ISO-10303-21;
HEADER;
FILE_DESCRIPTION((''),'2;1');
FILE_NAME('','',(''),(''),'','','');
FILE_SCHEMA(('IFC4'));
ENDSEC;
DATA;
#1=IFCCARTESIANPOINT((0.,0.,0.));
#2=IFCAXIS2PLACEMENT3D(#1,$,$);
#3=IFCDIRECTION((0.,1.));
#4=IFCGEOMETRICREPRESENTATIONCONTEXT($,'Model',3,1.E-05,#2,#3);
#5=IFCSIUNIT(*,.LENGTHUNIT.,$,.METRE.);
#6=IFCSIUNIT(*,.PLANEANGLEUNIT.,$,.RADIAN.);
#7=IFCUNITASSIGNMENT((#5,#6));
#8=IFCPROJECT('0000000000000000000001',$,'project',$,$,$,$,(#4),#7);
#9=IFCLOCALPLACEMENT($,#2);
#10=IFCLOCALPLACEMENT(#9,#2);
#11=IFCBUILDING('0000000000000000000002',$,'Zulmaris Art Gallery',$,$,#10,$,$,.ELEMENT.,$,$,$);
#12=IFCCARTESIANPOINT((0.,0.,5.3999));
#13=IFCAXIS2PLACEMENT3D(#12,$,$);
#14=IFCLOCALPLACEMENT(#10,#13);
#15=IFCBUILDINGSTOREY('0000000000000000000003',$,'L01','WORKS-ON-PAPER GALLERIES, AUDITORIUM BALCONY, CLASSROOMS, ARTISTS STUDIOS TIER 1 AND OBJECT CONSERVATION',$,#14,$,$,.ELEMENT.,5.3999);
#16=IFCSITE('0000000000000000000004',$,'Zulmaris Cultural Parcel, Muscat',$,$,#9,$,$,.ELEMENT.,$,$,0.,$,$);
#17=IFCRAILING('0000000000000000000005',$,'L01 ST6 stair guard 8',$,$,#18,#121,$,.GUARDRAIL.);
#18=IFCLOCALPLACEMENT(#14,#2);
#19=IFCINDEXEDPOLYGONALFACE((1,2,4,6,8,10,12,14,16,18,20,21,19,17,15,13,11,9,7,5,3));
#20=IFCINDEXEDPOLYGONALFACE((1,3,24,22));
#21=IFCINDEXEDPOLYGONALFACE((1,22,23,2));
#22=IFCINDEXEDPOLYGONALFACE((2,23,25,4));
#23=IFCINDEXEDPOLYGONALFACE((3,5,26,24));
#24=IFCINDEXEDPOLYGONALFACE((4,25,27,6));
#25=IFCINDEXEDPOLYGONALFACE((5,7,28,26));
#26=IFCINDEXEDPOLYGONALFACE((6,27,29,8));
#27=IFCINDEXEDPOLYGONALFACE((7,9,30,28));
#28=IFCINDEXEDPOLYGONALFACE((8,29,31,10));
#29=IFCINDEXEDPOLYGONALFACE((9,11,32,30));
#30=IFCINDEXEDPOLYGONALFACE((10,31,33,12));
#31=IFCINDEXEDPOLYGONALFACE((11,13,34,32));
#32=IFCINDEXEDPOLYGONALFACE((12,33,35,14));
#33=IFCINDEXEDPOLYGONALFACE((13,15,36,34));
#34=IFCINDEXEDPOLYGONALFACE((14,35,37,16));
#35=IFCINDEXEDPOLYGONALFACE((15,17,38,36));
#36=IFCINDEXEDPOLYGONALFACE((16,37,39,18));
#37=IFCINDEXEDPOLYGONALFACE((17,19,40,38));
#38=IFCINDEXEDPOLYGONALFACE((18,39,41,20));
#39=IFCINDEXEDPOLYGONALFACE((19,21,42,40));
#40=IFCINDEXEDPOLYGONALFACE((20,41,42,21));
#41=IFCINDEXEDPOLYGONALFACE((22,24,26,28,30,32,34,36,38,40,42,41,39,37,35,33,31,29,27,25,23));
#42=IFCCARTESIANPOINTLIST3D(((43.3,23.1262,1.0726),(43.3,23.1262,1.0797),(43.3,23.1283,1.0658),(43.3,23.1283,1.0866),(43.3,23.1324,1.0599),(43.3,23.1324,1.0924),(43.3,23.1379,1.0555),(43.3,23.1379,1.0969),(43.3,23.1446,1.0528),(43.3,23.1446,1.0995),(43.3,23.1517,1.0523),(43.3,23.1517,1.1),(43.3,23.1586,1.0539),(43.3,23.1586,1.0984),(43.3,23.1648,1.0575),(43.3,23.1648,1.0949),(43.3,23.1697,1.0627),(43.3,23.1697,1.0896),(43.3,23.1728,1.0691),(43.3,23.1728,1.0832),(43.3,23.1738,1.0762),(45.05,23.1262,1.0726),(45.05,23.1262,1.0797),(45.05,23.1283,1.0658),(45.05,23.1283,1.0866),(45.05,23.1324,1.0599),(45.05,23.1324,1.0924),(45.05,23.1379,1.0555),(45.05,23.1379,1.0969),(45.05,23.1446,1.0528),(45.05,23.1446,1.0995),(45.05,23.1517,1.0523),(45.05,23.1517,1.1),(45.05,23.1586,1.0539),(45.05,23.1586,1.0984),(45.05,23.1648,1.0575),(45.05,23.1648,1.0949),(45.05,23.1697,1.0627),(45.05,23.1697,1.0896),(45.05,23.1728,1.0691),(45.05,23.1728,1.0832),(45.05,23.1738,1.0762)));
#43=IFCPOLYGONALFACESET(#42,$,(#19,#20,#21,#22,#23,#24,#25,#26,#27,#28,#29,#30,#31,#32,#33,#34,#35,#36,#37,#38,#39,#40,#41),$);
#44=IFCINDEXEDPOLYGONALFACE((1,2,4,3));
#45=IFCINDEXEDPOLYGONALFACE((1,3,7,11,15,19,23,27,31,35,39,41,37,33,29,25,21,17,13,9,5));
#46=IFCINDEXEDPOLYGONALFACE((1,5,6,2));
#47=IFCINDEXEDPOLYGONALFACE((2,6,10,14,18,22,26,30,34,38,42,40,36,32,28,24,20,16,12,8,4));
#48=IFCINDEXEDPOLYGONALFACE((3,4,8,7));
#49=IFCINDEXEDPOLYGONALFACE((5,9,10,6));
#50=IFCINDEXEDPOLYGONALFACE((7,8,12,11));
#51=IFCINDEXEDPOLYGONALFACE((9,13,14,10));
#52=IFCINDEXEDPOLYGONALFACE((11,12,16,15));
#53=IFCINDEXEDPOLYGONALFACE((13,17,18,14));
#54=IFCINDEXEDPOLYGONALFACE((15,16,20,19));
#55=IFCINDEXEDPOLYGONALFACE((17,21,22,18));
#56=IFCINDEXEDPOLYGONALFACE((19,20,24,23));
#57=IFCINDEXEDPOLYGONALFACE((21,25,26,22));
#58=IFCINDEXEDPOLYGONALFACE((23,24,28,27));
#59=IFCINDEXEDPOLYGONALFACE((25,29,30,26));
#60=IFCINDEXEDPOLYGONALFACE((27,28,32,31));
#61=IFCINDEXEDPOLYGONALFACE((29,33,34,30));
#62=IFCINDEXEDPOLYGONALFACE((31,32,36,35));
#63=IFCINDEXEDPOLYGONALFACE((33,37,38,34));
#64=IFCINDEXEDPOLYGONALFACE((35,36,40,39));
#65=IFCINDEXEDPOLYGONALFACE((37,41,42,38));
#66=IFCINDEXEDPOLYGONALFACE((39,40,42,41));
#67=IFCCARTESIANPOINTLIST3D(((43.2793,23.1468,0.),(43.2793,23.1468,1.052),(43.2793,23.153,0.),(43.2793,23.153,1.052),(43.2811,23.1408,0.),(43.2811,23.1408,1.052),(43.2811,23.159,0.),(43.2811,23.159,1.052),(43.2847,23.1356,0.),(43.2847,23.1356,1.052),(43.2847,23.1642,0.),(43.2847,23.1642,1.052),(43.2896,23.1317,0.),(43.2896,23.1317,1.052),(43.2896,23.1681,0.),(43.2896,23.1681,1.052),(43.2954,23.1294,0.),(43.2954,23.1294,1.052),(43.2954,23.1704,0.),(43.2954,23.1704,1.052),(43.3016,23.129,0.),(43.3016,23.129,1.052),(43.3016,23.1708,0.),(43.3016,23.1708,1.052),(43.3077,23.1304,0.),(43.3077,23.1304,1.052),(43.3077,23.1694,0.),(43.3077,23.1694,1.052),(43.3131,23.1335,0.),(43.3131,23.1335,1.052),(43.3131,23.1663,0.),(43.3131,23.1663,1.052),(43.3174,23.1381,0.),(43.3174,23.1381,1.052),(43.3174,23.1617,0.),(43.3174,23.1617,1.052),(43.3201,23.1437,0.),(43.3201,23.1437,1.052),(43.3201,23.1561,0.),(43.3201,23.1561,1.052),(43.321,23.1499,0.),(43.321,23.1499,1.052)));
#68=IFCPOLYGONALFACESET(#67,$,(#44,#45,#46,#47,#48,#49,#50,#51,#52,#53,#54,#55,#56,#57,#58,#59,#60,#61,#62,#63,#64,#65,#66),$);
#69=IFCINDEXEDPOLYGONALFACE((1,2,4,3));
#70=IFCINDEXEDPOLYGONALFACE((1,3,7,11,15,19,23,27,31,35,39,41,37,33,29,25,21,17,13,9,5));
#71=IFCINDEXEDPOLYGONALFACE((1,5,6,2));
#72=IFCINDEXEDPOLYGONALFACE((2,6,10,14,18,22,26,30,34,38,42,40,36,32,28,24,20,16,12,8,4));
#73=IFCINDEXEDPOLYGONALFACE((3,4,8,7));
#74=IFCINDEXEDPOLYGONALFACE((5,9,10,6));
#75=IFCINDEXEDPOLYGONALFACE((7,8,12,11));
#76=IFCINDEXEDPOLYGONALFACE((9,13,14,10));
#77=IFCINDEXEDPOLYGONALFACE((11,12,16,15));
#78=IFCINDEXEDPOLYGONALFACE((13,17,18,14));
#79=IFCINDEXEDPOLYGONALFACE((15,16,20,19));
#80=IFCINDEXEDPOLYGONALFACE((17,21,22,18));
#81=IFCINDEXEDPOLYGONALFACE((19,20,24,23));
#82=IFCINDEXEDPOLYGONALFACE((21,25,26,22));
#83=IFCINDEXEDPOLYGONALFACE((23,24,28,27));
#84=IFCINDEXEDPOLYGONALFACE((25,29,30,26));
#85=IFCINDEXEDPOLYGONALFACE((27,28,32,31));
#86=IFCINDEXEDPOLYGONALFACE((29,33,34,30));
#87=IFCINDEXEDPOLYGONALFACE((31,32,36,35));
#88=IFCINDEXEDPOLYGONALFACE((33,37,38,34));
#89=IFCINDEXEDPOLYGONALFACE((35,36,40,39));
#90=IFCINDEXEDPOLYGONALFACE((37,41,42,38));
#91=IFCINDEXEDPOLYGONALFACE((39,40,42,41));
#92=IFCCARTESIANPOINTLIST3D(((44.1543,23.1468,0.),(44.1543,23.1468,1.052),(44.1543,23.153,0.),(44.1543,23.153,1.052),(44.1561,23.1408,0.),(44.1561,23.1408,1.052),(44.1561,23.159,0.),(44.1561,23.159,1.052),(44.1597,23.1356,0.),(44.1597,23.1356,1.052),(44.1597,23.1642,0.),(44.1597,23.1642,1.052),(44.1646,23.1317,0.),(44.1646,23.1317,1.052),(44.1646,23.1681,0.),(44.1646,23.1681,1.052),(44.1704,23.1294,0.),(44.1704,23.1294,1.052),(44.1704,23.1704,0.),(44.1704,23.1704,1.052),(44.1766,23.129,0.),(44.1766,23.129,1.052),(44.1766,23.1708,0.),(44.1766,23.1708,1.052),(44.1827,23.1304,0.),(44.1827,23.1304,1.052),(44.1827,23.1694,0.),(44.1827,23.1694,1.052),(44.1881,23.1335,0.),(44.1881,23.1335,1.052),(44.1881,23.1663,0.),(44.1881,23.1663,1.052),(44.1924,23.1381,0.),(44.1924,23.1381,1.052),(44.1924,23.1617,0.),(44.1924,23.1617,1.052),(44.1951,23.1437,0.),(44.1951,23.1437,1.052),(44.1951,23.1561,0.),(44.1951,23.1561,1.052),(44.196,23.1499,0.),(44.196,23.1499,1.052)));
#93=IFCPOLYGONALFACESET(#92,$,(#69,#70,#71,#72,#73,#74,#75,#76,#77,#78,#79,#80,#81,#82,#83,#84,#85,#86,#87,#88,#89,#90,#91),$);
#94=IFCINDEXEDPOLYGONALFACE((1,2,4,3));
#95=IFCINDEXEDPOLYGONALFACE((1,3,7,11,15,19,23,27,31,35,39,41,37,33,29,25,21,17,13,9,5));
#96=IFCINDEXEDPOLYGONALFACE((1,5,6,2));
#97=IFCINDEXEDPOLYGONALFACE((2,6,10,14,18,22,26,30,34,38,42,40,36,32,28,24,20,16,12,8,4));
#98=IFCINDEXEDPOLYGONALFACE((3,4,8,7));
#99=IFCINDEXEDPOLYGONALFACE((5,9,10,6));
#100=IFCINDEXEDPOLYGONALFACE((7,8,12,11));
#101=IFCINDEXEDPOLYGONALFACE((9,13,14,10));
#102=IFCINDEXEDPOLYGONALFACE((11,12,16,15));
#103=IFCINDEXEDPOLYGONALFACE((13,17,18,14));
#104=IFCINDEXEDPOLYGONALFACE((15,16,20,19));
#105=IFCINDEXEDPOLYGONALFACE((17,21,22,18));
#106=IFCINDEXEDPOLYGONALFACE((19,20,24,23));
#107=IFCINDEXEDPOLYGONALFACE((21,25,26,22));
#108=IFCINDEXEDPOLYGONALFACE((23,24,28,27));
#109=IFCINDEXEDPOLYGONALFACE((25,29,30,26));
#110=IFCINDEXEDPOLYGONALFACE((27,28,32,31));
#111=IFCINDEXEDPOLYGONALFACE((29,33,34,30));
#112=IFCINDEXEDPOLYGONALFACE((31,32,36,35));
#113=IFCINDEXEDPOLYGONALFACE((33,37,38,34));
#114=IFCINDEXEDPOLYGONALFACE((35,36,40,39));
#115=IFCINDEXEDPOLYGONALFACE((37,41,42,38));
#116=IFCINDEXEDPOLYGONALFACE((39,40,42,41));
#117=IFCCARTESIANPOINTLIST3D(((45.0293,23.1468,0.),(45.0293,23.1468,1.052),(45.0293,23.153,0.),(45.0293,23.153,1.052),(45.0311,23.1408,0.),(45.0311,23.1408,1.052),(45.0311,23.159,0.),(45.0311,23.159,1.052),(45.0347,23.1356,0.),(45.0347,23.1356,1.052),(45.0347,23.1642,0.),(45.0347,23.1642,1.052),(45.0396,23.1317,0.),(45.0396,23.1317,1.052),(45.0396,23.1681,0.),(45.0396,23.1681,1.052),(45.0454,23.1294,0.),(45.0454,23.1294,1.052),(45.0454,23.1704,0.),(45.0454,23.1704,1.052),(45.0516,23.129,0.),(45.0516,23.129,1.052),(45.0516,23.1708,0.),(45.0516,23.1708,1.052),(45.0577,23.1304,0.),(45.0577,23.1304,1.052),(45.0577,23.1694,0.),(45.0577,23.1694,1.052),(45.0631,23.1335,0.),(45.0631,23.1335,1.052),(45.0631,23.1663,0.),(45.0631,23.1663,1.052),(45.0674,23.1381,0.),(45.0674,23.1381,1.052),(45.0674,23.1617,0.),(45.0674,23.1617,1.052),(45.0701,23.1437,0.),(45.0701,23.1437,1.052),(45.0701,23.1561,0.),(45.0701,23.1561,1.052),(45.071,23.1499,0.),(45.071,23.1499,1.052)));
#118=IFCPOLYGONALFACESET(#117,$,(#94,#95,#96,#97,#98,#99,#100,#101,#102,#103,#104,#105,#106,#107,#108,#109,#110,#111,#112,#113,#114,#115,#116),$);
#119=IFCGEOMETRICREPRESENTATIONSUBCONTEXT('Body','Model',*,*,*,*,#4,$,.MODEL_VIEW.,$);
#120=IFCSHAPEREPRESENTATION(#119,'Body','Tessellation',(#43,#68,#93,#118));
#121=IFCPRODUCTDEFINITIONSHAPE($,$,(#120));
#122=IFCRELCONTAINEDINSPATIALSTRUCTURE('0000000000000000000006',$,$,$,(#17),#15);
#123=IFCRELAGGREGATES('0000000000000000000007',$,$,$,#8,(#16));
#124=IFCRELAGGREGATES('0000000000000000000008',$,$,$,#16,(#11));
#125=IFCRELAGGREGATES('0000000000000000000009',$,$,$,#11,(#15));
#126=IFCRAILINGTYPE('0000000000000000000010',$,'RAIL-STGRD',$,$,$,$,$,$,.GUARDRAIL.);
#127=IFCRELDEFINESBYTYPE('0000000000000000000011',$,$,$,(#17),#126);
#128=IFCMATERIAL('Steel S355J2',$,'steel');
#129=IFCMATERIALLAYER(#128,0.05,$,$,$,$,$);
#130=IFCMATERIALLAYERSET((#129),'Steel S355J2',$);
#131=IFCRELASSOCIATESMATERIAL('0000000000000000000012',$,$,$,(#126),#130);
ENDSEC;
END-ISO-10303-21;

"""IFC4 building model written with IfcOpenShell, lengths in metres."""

from ifc_helpers import new_model, si_unit, direction, frame, origin, origin_2d, place, context, subcontext, project, spatial, circle, extrude, material, layer, layer_set, type_object, element, save


model = new_model("IFC4")

# Units and contexts
model_context = context("Model", 3, precision=1e-05, world=origin(), true_north=direction((0.0, 1.0)))
body_context = subcontext(model_context, "Body", "Model", "MODEL_VIEW")
ifc_project = project(units=[si_unit("LENGTHUNIT", "METRE"), si_unit("PLANEANGLEUNIT", "RADIAN")], contexts=[model_context])

# Site, building, storey
site_placement = place(None, origin())
site = spatial("IfcSite", under=ifc_project, at=site_placement, Name="Zulmaris Cultural Parcel, Muscat", CompositionType="ELEMENT", RefElevation=0.0)
building_placement = place(site_placement, origin())
building = spatial("IfcBuilding", under=site, at=building_placement, Name="Zulmaris Art Gallery", CompositionType="ELEMENT")
storey_placement = place(building_placement, frame((0.0, 0.0, 5.3999)))
storey = spatial("IfcBuildingStorey", under=building, at=storey_placement, Name="L01", Description="WORKS-ON-PAPER GALLERIES, AUDITORIUM BALCONY, CLASSROOMS, ARTISTS STUDIOS TIER 1 AND OBJECT CONSERVATION", CompositionType="ELEMENT", Elevation=5.3999)

# Shared definitions
ifc_material_1 = material(Name="Steel S355J2", Category="steel")

# Railing
ifc_layer_1 = layer(ifc_material_1, 0.05)
ifc_layer_set_1 = layer_set([ifc_layer_1], Name="Steel S355J2")
railing_type_1 = type_object("IfcRailingType", Name="RAIL-STGRD", PredefinedType="GUARDRAIL", material=ifc_layer_set_1)
railing_1_placement = place(storey_placement, frame((43.3, 23.1499, 0.0)))
element("IfcRailing", 1, at=railing_1_placement, inside=storey, type_object=railing_type_1, Name="L01 ST6 stair guard 8", PredefinedType="GUARDRAIL", context=body_context, shape_type="SweptSolid", body=[
    extrude(circle(Radius=0.0239, at=origin_2d()), frame((0.0, 0.0, 1.0762), z_axis=(1.0, 0.0, 0.0), x_axis=(0.0, 1.0, 0.0)), (0.0, 0.0, 1.0), 1.75),
    extrude(circle(Radius=0.021, at=origin_2d()), origin(), (0.0, 0.0, 1.0), 1.052),
    extrude(circle(Radius=0.021, at=origin_2d()), frame((0.875, 0.0, 0.0)), (0.0, 0.0, 1.0), 1.052),
    extrude(circle(Radius=0.021, at=origin_2d()), frame((1.75, 0.0, 0.0)), (0.0, 0.0, 1.0), 1.052),
])

save(model, "model.ifc")
